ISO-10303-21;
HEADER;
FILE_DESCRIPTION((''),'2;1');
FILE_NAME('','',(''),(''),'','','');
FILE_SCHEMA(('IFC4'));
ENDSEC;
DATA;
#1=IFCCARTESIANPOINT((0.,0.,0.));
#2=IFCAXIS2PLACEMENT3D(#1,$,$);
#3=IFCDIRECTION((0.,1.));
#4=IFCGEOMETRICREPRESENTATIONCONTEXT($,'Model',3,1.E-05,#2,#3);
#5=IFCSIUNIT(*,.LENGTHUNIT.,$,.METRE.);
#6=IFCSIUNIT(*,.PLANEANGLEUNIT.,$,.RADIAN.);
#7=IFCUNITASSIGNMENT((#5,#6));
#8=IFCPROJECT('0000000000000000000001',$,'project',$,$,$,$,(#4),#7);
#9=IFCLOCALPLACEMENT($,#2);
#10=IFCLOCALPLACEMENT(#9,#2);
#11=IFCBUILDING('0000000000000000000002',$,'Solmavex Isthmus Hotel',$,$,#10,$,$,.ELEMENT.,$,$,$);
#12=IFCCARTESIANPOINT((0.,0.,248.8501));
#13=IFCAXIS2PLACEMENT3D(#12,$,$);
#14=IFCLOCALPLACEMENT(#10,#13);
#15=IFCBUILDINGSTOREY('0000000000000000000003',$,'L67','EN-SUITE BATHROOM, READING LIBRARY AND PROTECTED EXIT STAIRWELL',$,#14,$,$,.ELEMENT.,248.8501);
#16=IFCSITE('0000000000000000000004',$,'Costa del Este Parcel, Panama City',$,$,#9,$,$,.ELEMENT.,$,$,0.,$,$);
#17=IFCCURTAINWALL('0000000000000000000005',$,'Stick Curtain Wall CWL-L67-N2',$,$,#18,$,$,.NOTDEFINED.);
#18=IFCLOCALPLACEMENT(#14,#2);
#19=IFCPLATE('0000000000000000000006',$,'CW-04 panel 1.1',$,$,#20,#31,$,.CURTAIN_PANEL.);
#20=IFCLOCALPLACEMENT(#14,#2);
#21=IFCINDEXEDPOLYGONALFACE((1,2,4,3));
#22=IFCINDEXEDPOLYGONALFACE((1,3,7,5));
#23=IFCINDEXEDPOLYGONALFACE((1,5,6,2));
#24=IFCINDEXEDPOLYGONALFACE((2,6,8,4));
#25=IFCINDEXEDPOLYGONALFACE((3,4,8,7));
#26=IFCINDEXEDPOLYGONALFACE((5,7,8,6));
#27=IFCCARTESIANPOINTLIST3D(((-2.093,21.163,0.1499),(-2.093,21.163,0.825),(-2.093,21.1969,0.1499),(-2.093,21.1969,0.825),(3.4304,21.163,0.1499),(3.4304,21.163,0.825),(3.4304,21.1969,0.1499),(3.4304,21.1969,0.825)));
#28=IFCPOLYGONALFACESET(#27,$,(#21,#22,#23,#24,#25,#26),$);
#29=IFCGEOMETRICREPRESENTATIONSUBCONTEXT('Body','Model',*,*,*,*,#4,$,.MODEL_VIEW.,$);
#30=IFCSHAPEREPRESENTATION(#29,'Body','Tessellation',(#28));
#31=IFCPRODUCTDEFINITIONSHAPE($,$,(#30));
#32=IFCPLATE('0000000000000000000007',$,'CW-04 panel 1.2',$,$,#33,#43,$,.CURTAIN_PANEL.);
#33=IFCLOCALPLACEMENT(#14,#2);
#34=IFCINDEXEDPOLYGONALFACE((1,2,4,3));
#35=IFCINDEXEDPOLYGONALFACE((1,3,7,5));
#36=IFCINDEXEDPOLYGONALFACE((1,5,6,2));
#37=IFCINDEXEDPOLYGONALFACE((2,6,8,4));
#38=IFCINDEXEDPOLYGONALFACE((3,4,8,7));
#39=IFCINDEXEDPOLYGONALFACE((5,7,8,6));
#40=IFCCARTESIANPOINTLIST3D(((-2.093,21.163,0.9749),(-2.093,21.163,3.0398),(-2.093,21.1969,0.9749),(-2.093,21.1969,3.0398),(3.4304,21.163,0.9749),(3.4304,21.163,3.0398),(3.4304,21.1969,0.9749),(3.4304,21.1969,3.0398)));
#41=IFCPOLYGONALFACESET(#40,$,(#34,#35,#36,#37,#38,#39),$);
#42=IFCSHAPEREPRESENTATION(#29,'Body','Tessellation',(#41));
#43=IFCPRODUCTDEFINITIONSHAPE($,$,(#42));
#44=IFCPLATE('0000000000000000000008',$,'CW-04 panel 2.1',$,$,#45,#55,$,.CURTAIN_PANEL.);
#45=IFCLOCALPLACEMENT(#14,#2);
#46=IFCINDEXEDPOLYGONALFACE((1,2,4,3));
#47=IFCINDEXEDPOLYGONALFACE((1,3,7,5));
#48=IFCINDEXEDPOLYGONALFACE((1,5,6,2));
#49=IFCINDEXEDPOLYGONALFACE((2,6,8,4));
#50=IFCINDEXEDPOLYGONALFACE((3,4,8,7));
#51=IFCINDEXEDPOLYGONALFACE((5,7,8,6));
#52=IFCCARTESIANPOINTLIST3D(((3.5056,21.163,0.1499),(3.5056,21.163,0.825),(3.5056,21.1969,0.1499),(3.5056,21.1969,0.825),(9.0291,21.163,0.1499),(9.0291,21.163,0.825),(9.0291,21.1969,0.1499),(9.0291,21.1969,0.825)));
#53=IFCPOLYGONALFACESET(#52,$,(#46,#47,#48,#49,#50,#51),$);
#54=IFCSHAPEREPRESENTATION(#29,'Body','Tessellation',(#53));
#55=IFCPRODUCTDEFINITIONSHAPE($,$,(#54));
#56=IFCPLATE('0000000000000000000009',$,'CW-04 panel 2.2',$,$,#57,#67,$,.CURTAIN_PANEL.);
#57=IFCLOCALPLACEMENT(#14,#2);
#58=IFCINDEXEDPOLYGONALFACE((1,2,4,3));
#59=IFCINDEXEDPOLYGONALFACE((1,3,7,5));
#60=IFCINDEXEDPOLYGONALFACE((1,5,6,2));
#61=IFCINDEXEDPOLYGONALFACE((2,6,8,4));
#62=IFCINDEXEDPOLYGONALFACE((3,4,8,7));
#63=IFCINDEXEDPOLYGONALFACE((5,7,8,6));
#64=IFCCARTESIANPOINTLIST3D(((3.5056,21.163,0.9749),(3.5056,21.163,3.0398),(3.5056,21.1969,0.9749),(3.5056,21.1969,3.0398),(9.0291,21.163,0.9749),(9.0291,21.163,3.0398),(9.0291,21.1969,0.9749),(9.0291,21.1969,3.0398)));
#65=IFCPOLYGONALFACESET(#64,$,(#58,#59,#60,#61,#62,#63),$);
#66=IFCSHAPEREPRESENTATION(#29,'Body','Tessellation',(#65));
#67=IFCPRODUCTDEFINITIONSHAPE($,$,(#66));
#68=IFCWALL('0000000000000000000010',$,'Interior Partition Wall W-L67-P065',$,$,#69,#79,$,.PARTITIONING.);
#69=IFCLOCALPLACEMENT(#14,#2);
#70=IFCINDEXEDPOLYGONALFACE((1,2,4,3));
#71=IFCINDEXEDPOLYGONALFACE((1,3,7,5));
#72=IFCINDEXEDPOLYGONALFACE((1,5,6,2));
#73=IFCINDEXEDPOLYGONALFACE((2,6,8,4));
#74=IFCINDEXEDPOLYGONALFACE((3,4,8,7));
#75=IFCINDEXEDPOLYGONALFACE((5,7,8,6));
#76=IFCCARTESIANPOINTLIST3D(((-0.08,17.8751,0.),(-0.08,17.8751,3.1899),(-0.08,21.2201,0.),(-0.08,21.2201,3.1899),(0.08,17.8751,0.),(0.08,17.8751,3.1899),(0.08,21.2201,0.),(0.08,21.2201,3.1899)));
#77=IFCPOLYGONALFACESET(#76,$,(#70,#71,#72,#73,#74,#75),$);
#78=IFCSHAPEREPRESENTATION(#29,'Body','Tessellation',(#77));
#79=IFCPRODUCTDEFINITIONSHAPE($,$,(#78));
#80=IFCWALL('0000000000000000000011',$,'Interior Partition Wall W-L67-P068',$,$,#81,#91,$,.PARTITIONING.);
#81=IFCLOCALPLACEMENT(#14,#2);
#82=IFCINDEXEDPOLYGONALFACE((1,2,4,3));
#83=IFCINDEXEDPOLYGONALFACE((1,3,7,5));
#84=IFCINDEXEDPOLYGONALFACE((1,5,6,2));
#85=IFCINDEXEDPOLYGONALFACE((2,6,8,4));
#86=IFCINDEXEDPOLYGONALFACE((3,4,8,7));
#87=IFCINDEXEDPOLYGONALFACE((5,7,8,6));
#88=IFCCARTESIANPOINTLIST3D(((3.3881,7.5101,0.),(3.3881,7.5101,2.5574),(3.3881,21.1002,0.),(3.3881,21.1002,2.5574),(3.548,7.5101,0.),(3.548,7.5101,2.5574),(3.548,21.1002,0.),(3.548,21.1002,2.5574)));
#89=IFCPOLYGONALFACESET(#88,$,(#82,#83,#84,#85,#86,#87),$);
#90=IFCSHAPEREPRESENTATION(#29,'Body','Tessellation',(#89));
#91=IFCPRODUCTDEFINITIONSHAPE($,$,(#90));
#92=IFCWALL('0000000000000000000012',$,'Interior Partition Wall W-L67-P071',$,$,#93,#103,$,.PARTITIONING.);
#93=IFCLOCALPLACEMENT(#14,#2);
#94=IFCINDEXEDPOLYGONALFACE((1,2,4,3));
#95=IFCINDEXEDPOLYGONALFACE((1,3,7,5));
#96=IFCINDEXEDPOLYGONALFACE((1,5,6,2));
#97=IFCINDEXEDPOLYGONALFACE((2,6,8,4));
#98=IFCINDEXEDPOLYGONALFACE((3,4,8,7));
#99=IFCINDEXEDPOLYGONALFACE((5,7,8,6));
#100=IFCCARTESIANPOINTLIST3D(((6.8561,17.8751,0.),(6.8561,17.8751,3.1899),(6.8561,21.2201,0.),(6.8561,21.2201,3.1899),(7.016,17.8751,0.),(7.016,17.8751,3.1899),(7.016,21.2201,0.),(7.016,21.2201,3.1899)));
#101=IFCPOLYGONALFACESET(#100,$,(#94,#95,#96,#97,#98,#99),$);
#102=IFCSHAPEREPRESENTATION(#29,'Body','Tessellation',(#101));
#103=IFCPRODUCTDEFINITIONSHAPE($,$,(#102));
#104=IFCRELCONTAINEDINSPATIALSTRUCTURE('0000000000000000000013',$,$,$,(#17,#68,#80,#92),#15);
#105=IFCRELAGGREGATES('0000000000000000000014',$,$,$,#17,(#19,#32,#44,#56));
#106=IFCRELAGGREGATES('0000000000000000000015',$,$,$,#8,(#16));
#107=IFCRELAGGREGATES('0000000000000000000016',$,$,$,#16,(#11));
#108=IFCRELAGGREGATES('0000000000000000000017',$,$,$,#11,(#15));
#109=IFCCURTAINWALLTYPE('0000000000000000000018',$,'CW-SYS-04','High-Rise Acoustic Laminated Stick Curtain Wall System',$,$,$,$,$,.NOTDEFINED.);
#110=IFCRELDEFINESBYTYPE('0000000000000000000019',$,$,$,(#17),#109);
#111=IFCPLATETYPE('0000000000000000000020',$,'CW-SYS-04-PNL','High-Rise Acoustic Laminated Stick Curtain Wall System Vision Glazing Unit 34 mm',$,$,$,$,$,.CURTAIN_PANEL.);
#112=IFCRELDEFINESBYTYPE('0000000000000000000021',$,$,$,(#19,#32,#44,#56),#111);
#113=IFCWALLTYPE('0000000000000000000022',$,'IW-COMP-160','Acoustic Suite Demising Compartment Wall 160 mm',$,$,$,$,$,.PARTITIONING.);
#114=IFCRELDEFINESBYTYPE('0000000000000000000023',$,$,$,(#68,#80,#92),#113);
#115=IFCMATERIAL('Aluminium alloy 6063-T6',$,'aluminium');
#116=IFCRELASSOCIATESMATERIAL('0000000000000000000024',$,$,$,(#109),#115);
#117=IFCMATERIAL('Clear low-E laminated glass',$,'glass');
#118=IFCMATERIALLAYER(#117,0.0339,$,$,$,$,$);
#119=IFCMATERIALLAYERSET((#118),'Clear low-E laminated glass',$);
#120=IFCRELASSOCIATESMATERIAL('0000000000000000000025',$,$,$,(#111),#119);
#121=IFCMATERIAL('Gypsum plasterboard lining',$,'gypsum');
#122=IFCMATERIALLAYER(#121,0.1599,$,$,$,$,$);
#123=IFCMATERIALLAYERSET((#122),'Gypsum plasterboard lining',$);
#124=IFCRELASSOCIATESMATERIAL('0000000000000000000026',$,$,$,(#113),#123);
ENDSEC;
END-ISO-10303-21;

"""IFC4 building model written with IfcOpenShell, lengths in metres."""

from ifc_helpers import new_model, si_unit, direction, frame, frame_2d, origin, origin_2d, place, context, subcontext, project, spatial, rectangle, extrude, material, layer, layer_set, type_object, element, aggregate, save


model = new_model("IFC4")

# Units and contexts
model_context = context("Model", 3, precision=1e-05, world=origin(), true_north=direction((0.0, 1.0)))
body_context = subcontext(model_context, "Body", "Model", "MODEL_VIEW")
ifc_project = project(units=[si_unit("LENGTHUNIT", "METRE"), si_unit("PLANEANGLEUNIT", "RADIAN")], contexts=[model_context])

# Site, building, storey
site_placement = place(None, origin())
site = spatial("IfcSite", under=ifc_project, at=site_placement, Name="Costa del Este Parcel, Panama City", CompositionType="ELEMENT", RefElevation=0.0)
building_placement = place(site_placement, origin())
building = spatial("IfcBuilding", under=site, at=building_placement, Name="Solmavex Isthmus Hotel", CompositionType="ELEMENT")
storey_placement = place(building_placement, frame((0.0, 0.0, 248.8501)))
storey = spatial("IfcBuildingStorey", under=building, at=storey_placement, Name="L67", Description="EN-SUITE BATHROOM, READING LIBRARY AND PROTECTED EXIT STAIRWELL", CompositionType="ELEMENT", Elevation=248.8501)

# Curtain wall
ifc_material_1 = material(Name="Aluminium alloy 6063-T6", Category="aluminium")
curtain_wall_type = type_object("IfcCurtainWallType", Name="CW-SYS-04", Description="High-Rise Acoustic Laminated Stick Curtain Wall System", PredefinedType="NOTDEFINED", material=ifc_material_1)
curtain_wall_1_placement = place(storey_placement, origin())
curtain_wall_1 = element("IfcCurtainWall", 1, at=curtain_wall_1_placement, inside=storey, type_object=curtain_wall_type, Name="Stick Curtain Wall CWL-L67-N2", PredefinedType="NOTDEFINED")

# Plates
ifc_material_2 = material(Name="Clear low-E laminated glass", Category="glass")
ifc_layer_1 = layer(ifc_material_2, 0.0339)
ifc_layer_set_1 = layer_set([ifc_layer_1], Name="Clear low-E laminated glass")
plate_type = type_object("IfcPlateType", Name="CW-SYS-04-PNL", Description="High-Rise Acoustic Laminated Stick Curtain Wall System Vision Glazing Unit 34 mm", PredefinedType="CURTAIN_PANEL", material=ifc_layer_set_1)
plate_1_placement = place(storey_placement, frame((0.6687, 21.1799, 0.1499), z_axis=(0.0, 0.0, 1.0), x_axis=(1.0, 0.0, 0.0)))
plate_1 = element("IfcPlate", 2, at=plate_1_placement, type_object=plate_type, Name="CW-04 panel 1.1", PredefinedType="CURTAIN_PANEL", context=body_context, shape_type="SweptSolid", body=[
    extrude(rectangle(XDim=5.5234, YDim=0.0339, at=origin_2d()), origin(), (0.0, 0.0, 1.0), 0.675),
])
plate_2_placement = place(storey_placement, frame((0.6687, 21.1799, 0.9749), z_axis=(0.0, 0.0, 1.0), x_axis=(1.0, 0.0, 0.0)))
plate_2 = element("IfcPlate", 3, at=plate_2_placement, type_object=plate_type, Name="CW-04 panel 1.2", PredefinedType="CURTAIN_PANEL", context=body_context, shape_type="SweptSolid", body=[
    extrude(rectangle(XDim=5.5234, YDim=0.0339, at=origin_2d()), origin(), (0.0, 0.0, 1.0), 2.0649),
])
plate_3_placement = place(storey_placement, frame((6.2673, 21.1799, 0.1499), z_axis=(0.0, 0.0, 1.0), x_axis=(1.0, 0.0, 0.0)))
plate_3 = element("IfcPlate", 4, at=plate_3_placement, type_object=plate_type, Name="CW-04 panel 2.1", PredefinedType="CURTAIN_PANEL", context=body_context, shape_type="SweptSolid", body=[
    extrude(rectangle(XDim=5.5234, YDim=0.0339, at=origin_2d()), origin(), (0.0, 0.0, 1.0), 0.675),
])
plate_4_placement = place(storey_placement, frame((6.2673, 21.1799, 0.9749), z_axis=(0.0, 0.0, 1.0), x_axis=(1.0, 0.0, 0.0)))
plate_4 = element("IfcPlate", 5, at=plate_4_placement, type_object=plate_type, Name="CW-04 panel 2.2", PredefinedType="CURTAIN_PANEL", context=body_context, shape_type="SweptSolid", body=[
    extrude(rectangle(XDim=5.5234, YDim=0.0339, at=origin_2d()), origin(), (0.0, 0.0, 1.0), 2.0649),
])
aggregate(curtain_wall_1, [plate_1, plate_2, plate_3, plate_4])

# Walls
ifc_material_3 = material(Name="Gypsum plasterboard lining", Category="gypsum")
ifc_layer_2 = layer(ifc_material_3, 0.1599)
ifc_layer_set_2 = layer_set([ifc_layer_2], Name="Gypsum plasterboard lining")
wall_type_1 = type_object("IfcWallType", Name="IW-COMP-160", Description="Acoustic Suite Demising Compartment Wall 160 mm", PredefinedType="PARTITIONING", material=ifc_layer_set_2)
wall_1_placement = place(storey_placement, frame((0.0, 21.22, 0.0), z_axis=(0.0, 0.0, 1.0), x_axis=(0.0, -1.0, 0.0)))
element("IfcWall", 6, at=wall_1_placement, inside=storey, type_object=wall_type_1, Name="Interior Partition Wall W-L67-P065", PredefinedType="PARTITIONING", context=body_context, shape_type="SweptSolid", body=[
    extrude(rectangle(XDim=3.345, YDim=0.1599, at=frame_2d((1.6724, 0.0))), origin(), (0.0, 0.0, 1.0), 3.1899),
])
wall_2_placement = place(storey_placement, frame((3.468, 21.1001, 0.0), z_axis=(0.0, 0.0, 1.0), x_axis=(0.0, -1.0, 0.0)))
element("IfcWall", 7, at=wall_2_placement, inside=storey, type_object=wall_type_1, Name="Interior Partition Wall W-L67-P068", PredefinedType="PARTITIONING", context=body_context, shape_type="SweptSolid", body=[
    extrude(rectangle(XDim=13.5901, YDim=0.1599, at=frame_2d((6.7949, 0.0))), origin(), (0.0, 0.0, 1.0), 2.5574),
])
wall_3_placement = place(storey_placement, frame((6.936, 21.22, 0.0), z_axis=(0.0, 0.0, 1.0), x_axis=(0.0, -1.0, 0.0)))
element("IfcWall", 8, at=wall_3_placement, inside=storey, type_object=wall_type_1, Name="Interior Partition Wall W-L67-P071", PredefinedType="PARTITIONING", context=body_context, shape_type="SweptSolid", body=[
    extrude(rectangle(XDim=3.345, YDim=0.1599, at=frame_2d((1.6724, 0.0))), origin(), (0.0, 0.0, 1.0), 3.1899),
])

save(model, "model.ifc")
